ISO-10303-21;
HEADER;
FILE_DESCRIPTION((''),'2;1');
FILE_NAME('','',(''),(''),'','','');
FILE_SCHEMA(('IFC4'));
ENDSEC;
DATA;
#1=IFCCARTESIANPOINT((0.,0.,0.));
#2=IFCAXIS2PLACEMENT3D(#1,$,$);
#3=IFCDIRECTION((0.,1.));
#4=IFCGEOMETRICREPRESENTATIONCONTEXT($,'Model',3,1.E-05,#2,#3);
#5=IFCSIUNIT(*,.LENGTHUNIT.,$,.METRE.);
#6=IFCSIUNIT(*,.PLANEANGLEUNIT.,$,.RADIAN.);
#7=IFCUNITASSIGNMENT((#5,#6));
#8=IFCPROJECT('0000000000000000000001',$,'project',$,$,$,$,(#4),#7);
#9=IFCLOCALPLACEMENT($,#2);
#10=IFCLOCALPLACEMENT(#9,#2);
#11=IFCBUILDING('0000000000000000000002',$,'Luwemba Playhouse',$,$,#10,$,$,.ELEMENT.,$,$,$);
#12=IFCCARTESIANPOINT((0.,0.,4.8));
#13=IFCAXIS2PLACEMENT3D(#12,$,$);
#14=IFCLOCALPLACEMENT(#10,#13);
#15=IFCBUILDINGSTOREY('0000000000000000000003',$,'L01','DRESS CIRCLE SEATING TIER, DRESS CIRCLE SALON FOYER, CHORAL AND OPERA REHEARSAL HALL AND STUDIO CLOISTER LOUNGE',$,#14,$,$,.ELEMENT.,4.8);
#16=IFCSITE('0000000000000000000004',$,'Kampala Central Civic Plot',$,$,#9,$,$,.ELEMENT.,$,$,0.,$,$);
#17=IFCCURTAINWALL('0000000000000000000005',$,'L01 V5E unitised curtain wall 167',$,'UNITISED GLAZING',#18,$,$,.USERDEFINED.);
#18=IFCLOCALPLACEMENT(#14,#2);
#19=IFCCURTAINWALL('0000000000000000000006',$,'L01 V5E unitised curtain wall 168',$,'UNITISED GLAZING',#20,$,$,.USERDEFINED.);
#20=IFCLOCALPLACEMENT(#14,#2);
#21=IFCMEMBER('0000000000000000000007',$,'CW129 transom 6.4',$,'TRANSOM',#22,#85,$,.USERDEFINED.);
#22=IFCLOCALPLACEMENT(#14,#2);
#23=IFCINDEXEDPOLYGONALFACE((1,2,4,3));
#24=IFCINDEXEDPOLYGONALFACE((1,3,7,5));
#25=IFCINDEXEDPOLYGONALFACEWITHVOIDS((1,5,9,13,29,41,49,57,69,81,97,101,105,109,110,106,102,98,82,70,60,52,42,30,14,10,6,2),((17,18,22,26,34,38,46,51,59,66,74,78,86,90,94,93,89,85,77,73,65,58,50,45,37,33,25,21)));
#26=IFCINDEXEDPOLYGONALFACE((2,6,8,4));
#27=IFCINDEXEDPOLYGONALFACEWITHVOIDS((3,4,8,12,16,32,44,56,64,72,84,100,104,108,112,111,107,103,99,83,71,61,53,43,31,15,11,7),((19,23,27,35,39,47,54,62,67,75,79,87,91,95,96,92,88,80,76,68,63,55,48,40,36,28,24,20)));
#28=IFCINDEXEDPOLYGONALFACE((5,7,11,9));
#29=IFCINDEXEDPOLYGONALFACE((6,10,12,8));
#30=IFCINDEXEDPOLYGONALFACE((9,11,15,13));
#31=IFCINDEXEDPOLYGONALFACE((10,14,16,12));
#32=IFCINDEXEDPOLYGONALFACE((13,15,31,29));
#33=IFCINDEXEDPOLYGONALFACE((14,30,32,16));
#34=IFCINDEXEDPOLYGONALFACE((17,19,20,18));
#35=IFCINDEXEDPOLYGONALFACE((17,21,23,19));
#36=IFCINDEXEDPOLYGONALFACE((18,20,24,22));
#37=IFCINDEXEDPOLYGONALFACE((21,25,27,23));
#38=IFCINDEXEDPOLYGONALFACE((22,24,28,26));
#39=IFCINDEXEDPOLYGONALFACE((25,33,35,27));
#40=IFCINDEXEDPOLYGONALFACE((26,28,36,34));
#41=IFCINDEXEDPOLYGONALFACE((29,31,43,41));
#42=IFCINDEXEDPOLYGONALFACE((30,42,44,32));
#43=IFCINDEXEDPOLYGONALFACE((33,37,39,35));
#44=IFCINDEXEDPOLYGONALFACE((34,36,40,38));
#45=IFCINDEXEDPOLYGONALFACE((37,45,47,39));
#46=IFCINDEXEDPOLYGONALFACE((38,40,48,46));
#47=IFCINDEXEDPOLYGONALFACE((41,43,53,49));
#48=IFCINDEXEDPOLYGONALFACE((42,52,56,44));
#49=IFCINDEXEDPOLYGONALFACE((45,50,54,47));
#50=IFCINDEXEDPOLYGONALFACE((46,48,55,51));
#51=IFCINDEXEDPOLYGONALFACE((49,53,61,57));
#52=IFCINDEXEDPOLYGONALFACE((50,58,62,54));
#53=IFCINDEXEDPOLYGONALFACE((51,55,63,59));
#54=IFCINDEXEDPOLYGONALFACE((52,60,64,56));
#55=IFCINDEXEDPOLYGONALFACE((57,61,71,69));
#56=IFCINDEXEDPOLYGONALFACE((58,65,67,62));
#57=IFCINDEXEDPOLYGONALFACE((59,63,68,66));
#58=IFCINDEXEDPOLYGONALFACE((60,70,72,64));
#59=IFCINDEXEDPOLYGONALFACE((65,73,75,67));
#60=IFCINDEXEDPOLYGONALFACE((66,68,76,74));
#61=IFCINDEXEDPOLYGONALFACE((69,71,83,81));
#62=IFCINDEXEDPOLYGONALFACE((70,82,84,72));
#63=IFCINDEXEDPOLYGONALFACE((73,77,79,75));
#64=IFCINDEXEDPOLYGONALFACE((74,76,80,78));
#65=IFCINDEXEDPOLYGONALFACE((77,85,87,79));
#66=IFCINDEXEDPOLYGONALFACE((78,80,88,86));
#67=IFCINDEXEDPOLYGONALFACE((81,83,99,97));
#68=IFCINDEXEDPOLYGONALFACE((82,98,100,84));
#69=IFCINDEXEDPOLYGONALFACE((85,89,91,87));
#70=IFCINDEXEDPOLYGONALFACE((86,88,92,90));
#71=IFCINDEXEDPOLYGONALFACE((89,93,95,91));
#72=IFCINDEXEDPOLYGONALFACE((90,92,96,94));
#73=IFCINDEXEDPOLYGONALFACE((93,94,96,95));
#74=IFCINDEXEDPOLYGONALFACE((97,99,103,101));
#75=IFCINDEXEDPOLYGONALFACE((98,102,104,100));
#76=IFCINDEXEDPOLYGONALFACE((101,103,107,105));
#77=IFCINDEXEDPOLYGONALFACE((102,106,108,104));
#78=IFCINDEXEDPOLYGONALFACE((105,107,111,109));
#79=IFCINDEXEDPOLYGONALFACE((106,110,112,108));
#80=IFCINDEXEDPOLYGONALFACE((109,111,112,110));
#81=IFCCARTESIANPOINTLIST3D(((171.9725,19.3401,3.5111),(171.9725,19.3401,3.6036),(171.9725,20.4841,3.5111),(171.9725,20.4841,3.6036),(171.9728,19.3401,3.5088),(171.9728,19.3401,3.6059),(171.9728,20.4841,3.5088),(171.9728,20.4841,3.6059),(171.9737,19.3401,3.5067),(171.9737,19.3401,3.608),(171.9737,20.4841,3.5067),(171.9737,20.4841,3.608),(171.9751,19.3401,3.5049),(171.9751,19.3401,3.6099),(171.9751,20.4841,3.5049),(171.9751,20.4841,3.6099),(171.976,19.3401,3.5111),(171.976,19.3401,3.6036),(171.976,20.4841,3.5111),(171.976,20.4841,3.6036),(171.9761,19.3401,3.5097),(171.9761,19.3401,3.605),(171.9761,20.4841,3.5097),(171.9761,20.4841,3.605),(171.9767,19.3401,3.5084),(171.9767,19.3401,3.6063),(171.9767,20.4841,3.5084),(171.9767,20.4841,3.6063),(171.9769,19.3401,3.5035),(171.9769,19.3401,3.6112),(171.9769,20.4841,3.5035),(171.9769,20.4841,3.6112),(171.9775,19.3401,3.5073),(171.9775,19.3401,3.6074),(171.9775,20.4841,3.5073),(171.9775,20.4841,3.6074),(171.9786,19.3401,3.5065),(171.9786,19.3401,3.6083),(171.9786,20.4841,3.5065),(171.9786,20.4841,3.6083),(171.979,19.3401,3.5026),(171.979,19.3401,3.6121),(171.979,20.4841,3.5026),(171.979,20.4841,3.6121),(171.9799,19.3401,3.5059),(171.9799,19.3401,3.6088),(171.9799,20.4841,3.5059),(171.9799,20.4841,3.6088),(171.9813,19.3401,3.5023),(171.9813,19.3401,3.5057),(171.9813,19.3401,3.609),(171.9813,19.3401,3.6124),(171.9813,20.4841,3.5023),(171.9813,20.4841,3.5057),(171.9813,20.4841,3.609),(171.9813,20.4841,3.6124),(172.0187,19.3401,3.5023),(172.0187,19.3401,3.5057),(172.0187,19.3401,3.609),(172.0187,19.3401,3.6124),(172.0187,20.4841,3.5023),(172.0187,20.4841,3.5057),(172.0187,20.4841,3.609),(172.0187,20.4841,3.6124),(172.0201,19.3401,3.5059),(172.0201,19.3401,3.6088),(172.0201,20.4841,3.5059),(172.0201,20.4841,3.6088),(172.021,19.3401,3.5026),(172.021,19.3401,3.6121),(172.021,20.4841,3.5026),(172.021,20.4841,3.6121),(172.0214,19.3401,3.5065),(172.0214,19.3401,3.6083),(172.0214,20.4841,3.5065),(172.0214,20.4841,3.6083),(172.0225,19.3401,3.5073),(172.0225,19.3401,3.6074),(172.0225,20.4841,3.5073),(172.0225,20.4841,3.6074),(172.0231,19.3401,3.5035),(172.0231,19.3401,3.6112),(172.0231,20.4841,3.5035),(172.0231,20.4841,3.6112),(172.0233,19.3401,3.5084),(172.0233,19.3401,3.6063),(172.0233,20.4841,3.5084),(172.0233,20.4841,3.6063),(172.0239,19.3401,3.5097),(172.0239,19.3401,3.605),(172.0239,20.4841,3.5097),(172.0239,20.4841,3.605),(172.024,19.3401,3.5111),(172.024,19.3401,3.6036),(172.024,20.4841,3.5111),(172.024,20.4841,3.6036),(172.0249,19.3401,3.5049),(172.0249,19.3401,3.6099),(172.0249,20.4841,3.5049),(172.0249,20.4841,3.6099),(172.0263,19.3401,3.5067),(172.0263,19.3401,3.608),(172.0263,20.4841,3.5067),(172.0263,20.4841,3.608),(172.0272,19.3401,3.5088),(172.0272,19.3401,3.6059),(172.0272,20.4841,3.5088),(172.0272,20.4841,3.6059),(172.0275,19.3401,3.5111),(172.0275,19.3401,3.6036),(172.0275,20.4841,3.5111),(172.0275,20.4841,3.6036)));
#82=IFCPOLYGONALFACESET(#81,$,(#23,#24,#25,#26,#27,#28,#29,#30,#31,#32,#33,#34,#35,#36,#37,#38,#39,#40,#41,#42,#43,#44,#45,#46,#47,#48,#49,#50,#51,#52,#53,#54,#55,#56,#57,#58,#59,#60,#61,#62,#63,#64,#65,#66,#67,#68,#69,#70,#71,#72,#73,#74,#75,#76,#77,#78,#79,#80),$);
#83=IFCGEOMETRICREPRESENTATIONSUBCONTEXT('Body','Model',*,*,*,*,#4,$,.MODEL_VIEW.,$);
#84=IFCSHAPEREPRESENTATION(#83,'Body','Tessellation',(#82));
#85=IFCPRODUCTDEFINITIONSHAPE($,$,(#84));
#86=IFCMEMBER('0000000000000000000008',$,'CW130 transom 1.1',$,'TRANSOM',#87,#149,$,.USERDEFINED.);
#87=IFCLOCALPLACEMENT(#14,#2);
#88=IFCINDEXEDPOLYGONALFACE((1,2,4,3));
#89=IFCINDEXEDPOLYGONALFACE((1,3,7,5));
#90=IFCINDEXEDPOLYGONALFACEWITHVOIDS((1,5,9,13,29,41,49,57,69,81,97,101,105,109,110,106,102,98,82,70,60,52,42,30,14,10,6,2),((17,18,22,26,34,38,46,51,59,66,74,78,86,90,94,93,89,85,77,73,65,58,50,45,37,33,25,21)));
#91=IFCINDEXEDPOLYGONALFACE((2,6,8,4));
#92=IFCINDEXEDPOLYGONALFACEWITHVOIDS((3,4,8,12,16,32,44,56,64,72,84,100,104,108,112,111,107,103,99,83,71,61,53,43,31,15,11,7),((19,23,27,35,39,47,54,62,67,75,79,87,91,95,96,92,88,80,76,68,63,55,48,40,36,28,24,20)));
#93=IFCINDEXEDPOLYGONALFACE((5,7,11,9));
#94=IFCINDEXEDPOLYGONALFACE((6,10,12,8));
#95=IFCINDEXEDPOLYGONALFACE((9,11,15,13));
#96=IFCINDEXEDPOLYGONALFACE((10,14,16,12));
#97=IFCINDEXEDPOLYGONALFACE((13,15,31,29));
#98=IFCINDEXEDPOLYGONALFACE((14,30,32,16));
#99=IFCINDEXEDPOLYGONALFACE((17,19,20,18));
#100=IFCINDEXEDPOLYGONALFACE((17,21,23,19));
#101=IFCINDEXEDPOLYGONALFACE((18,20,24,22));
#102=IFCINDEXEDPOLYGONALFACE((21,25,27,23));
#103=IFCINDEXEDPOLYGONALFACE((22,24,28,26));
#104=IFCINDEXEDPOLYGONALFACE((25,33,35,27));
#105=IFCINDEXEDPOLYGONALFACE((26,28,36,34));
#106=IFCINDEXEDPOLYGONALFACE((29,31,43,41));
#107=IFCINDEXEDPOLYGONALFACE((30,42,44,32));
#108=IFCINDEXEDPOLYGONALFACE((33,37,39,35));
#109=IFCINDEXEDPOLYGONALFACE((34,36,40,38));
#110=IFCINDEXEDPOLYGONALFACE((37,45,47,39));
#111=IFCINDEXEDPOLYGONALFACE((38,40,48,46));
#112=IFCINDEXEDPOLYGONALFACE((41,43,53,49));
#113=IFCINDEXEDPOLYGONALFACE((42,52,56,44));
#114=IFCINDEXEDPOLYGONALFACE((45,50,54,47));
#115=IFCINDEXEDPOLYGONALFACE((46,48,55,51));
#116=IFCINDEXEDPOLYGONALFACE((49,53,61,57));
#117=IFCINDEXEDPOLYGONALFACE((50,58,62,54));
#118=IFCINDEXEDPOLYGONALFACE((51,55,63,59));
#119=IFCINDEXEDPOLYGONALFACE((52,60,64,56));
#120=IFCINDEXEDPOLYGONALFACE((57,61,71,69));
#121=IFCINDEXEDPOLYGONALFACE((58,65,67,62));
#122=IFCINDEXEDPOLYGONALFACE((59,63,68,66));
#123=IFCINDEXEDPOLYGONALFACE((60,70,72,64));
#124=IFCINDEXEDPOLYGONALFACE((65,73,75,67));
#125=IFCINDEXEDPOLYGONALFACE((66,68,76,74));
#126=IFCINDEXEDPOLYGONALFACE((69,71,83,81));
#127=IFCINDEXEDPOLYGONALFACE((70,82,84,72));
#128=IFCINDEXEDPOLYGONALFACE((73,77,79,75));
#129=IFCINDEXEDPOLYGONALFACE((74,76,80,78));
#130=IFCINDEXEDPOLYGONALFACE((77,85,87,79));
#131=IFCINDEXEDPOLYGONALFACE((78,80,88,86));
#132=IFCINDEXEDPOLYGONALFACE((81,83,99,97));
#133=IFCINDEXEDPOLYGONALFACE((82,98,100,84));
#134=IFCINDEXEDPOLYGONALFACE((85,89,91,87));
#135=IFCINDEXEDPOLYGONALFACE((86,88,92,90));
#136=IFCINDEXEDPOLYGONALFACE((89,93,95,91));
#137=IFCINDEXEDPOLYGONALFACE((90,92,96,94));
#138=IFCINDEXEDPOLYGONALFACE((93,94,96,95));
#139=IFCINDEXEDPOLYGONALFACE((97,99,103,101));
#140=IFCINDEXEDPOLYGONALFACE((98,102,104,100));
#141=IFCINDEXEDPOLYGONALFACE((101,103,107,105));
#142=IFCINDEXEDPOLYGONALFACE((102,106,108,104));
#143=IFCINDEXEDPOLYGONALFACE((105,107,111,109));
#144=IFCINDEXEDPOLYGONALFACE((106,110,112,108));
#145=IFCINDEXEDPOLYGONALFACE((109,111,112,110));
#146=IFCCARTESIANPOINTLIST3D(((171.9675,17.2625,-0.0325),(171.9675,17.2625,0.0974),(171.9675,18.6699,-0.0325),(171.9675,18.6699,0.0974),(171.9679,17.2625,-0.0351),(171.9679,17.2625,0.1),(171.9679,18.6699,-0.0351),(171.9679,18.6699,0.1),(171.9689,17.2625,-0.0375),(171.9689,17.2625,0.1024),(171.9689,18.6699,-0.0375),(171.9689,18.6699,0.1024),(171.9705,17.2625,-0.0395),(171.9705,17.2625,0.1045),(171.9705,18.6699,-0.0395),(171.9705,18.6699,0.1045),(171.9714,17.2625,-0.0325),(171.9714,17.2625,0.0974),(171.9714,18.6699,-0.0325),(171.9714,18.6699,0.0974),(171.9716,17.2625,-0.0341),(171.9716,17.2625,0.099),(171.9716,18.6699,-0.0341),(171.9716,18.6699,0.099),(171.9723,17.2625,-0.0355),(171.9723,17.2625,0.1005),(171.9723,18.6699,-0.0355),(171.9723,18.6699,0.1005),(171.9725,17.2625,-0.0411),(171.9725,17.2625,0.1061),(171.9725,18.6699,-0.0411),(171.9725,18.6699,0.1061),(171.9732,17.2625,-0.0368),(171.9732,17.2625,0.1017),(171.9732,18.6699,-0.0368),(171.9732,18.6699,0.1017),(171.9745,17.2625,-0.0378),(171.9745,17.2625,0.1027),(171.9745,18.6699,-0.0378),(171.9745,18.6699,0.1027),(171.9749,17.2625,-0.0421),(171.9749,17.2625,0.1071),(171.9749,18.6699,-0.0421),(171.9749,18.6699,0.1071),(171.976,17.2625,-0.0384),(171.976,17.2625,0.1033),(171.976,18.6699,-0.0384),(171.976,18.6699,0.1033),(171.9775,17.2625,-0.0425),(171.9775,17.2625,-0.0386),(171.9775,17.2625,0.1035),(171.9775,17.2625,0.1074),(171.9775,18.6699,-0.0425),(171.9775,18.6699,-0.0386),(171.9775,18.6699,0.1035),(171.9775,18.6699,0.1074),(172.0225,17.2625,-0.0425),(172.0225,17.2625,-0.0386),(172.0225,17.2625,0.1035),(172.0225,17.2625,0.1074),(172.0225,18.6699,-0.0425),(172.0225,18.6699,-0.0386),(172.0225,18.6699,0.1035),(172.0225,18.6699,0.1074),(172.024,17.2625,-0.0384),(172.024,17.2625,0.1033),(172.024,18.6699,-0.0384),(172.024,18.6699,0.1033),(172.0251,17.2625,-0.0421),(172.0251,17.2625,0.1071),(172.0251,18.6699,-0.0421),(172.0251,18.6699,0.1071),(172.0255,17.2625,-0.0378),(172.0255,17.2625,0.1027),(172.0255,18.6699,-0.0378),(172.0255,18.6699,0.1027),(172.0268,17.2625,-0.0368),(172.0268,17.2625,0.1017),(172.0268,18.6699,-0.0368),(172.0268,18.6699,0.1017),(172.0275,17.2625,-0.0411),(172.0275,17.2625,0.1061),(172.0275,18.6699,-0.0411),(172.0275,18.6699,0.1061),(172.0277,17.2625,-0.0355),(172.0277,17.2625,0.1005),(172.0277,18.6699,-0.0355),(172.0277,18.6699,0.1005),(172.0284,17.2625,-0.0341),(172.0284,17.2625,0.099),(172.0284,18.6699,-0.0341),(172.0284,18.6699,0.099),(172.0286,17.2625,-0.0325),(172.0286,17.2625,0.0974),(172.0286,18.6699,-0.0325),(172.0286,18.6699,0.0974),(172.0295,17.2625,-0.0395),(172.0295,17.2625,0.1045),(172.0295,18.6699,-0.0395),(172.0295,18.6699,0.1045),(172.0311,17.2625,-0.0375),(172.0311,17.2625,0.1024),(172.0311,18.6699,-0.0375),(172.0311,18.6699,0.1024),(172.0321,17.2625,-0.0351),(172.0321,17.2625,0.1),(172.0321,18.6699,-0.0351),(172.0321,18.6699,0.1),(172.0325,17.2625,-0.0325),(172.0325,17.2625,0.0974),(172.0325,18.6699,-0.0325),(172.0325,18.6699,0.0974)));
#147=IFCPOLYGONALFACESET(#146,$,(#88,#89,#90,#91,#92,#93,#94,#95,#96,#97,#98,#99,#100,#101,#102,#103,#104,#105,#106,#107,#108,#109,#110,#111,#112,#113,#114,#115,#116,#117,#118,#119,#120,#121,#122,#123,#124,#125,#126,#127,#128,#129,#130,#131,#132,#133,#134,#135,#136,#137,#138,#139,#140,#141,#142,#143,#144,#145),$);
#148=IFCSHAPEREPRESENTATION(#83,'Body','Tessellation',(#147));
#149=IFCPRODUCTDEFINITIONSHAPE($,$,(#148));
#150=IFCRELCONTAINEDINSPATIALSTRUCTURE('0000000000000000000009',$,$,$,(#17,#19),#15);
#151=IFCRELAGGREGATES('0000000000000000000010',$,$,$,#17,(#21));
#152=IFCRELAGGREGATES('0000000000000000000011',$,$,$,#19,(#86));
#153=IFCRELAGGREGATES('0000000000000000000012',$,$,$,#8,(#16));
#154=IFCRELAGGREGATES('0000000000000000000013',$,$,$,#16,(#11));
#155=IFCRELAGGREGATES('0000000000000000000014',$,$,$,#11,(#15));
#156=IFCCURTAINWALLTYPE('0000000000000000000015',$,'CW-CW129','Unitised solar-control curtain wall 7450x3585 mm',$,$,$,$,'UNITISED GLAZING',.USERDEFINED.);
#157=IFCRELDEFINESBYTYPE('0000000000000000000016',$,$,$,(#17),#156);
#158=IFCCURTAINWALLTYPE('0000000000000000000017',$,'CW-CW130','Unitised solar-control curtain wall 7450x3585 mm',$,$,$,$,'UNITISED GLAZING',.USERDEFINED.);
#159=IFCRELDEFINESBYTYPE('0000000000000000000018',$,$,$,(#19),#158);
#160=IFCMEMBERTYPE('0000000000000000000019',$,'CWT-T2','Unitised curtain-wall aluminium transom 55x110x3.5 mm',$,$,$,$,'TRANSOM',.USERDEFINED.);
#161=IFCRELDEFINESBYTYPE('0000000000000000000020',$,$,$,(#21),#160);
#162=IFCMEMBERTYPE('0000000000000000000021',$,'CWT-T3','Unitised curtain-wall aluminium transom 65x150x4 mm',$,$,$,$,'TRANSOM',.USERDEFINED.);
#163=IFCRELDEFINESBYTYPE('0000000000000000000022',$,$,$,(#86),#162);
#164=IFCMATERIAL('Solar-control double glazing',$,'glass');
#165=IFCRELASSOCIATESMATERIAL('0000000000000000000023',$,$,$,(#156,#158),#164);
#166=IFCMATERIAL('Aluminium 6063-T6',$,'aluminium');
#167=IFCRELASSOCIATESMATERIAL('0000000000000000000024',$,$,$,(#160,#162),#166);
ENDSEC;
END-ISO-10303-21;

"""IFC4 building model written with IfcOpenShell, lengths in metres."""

from ifc_helpers import new_model, si_unit, direction, frame, origin, origin_2d, place, context, subcontext, project, spatial, hollow_rectangle, extrude, material, material_profile, profile_set, type_object, element, aggregate, save


model = new_model("IFC4")

# Units and contexts
model_context = context("Model", 3, precision=1e-05, world=origin(), true_north=direction((0.0, 1.0)))
body_context = subcontext(model_context, "Body", "Model", "MODEL_VIEW")
ifc_project = project(units=[si_unit("LENGTHUNIT", "METRE"), si_unit("PLANEANGLEUNIT", "RADIAN")], contexts=[model_context])

# Site, building, storey
site_placement = place(None, origin())
site = spatial("IfcSite", under=ifc_project, at=site_placement, Name="Kampala Central Civic Plot", CompositionType="ELEMENT", RefElevation=0.0)
building_placement = place(site_placement, origin())
building = spatial("IfcBuilding", under=site, at=building_placement, Name="Luwemba Playhouse", CompositionType="ELEMENT")
storey_placement = place(building_placement, frame((0.0, 0.0, 4.8)))
storey = spatial("IfcBuildingStorey", under=building, at=storey_placement, Name="L01", Description="DRESS CIRCLE SEATING TIER, DRESS CIRCLE SALON FOYER, CHORAL AND OPERA REHEARSAL HALL AND STUDIO CLOISTER LOUNGE", CompositionType="ELEMENT", Elevation=4.8)

# Curtain walls
ifc_material_1 = material(Name="Solar-control double glazing", Category="glass")
curtain_wall_type_1 = type_object("IfcCurtainWallType", Name="CW-CW129", Description="Unitised solar-control curtain wall 7450x3585 mm", ElementType="UNITISED GLAZING", PredefinedType="USERDEFINED", material=ifc_material_1)
curtain_wall_1_placement = place(storey_placement, origin())
curtain_wall_1 = element("IfcCurtainWall", 1, at=curtain_wall_1_placement, inside=storey, type_object=curtain_wall_type_1, Name="L01 V5E unitised curtain wall 167", ObjectType="UNITISED GLAZING", PredefinedType="USERDEFINED")
ifc_material_2 = material(Name="Aluminium 6063-T6", Category="aluminium")
curtain_wall_type_2 = type_object("IfcCurtainWallType", Name="CW-CW130", Description="Unitised solar-control curtain wall 7450x3585 mm", ElementType="UNITISED GLAZING", PredefinedType="USERDEFINED", material=ifc_material_1)
curtain_wall_2_placement = place(storey_placement, origin())
curtain_wall_2 = element("IfcCurtainWall", 2, at=curtain_wall_2_placement, inside=storey, type_object=curtain_wall_type_2, Name="L01 V5E unitised curtain wall 168", ObjectType="UNITISED GLAZING", PredefinedType="USERDEFINED")

# Members
ifc_material_profile_1 = material_profile(ifc_material_2, hollow_rectangle(XDim=0.0549, YDim=0.1101, WallThickness=0.0034, InnerFilletRadius=0.0054, OuterFilletRadius=0.0088, at=origin_2d()))
ifc_profile_set_1 = profile_set([ifc_material_profile_1], Name="Aluminium 6063-T6")
member_type_1 = type_object("IfcMemberType", Name="CWT-T2", Description="Unitised curtain-wall aluminium transom 55x110x3.5 mm", ElementType="TRANSOM", PredefinedType="USERDEFINED", material=ifc_profile_set_1)
member_1_placement = place(storey_placement, frame((172.0, 20.4841, 3.5574), z_axis=(0.0, -1.0, 0.0), x_axis=(1.0, 0.0, 0.0)))
member_1 = element("IfcMember", 3, at=member_1_placement, type_object=member_type_1, Name="CW129 transom 6.4", ObjectType="TRANSOM", PredefinedType="USERDEFINED", context=body_context, shape_type="SweptSolid", body=[
    extrude(hollow_rectangle(XDim=0.0549, YDim=0.1101, WallThickness=0.0034, InnerFilletRadius=0.0054, OuterFilletRadius=0.0088, at=origin_2d()), origin(), (0.0, 0.0, 1.0), 1.144),
])
ifc_material_profile_2 = material_profile(ifc_material_2, hollow_rectangle(XDim=0.0649, YDim=0.1499, WallThickness=0.0039, InnerFilletRadius=0.0061, OuterFilletRadius=0.01, at=origin_2d()))
ifc_profile_set_2 = profile_set([ifc_material_profile_2], Name="Aluminium 6063-T6")
member_type_2 = type_object("IfcMemberType", Name="CWT-T3", Description="Unitised curtain-wall aluminium transom 65x150x4 mm", ElementType="TRANSOM", PredefinedType="USERDEFINED", material=ifc_profile_set_2)
member_2_placement = place(storey_placement, frame((172.0, 18.6699, 0.0325), z_axis=(0.0, -1.0, 0.0), x_axis=(1.0, 0.0, 0.0)))
member_2 = element("IfcMember", 4, at=member_2_placement, type_object=member_type_2, Name="CW130 transom 1.1", ObjectType="TRANSOM", PredefinedType="USERDEFINED", context=body_context, shape_type="SweptSolid", body=[
    extrude(hollow_rectangle(XDim=0.0649, YDim=0.1499, WallThickness=0.0039, InnerFilletRadius=0.0061, OuterFilletRadius=0.01, at=origin_2d()), origin(), (0.0, 0.0, 1.0), 1.4075),
])

aggregate(curtain_wall_1, [member_1])
aggregate(curtain_wall_2, [member_2])

save(model, "model.ifc")
